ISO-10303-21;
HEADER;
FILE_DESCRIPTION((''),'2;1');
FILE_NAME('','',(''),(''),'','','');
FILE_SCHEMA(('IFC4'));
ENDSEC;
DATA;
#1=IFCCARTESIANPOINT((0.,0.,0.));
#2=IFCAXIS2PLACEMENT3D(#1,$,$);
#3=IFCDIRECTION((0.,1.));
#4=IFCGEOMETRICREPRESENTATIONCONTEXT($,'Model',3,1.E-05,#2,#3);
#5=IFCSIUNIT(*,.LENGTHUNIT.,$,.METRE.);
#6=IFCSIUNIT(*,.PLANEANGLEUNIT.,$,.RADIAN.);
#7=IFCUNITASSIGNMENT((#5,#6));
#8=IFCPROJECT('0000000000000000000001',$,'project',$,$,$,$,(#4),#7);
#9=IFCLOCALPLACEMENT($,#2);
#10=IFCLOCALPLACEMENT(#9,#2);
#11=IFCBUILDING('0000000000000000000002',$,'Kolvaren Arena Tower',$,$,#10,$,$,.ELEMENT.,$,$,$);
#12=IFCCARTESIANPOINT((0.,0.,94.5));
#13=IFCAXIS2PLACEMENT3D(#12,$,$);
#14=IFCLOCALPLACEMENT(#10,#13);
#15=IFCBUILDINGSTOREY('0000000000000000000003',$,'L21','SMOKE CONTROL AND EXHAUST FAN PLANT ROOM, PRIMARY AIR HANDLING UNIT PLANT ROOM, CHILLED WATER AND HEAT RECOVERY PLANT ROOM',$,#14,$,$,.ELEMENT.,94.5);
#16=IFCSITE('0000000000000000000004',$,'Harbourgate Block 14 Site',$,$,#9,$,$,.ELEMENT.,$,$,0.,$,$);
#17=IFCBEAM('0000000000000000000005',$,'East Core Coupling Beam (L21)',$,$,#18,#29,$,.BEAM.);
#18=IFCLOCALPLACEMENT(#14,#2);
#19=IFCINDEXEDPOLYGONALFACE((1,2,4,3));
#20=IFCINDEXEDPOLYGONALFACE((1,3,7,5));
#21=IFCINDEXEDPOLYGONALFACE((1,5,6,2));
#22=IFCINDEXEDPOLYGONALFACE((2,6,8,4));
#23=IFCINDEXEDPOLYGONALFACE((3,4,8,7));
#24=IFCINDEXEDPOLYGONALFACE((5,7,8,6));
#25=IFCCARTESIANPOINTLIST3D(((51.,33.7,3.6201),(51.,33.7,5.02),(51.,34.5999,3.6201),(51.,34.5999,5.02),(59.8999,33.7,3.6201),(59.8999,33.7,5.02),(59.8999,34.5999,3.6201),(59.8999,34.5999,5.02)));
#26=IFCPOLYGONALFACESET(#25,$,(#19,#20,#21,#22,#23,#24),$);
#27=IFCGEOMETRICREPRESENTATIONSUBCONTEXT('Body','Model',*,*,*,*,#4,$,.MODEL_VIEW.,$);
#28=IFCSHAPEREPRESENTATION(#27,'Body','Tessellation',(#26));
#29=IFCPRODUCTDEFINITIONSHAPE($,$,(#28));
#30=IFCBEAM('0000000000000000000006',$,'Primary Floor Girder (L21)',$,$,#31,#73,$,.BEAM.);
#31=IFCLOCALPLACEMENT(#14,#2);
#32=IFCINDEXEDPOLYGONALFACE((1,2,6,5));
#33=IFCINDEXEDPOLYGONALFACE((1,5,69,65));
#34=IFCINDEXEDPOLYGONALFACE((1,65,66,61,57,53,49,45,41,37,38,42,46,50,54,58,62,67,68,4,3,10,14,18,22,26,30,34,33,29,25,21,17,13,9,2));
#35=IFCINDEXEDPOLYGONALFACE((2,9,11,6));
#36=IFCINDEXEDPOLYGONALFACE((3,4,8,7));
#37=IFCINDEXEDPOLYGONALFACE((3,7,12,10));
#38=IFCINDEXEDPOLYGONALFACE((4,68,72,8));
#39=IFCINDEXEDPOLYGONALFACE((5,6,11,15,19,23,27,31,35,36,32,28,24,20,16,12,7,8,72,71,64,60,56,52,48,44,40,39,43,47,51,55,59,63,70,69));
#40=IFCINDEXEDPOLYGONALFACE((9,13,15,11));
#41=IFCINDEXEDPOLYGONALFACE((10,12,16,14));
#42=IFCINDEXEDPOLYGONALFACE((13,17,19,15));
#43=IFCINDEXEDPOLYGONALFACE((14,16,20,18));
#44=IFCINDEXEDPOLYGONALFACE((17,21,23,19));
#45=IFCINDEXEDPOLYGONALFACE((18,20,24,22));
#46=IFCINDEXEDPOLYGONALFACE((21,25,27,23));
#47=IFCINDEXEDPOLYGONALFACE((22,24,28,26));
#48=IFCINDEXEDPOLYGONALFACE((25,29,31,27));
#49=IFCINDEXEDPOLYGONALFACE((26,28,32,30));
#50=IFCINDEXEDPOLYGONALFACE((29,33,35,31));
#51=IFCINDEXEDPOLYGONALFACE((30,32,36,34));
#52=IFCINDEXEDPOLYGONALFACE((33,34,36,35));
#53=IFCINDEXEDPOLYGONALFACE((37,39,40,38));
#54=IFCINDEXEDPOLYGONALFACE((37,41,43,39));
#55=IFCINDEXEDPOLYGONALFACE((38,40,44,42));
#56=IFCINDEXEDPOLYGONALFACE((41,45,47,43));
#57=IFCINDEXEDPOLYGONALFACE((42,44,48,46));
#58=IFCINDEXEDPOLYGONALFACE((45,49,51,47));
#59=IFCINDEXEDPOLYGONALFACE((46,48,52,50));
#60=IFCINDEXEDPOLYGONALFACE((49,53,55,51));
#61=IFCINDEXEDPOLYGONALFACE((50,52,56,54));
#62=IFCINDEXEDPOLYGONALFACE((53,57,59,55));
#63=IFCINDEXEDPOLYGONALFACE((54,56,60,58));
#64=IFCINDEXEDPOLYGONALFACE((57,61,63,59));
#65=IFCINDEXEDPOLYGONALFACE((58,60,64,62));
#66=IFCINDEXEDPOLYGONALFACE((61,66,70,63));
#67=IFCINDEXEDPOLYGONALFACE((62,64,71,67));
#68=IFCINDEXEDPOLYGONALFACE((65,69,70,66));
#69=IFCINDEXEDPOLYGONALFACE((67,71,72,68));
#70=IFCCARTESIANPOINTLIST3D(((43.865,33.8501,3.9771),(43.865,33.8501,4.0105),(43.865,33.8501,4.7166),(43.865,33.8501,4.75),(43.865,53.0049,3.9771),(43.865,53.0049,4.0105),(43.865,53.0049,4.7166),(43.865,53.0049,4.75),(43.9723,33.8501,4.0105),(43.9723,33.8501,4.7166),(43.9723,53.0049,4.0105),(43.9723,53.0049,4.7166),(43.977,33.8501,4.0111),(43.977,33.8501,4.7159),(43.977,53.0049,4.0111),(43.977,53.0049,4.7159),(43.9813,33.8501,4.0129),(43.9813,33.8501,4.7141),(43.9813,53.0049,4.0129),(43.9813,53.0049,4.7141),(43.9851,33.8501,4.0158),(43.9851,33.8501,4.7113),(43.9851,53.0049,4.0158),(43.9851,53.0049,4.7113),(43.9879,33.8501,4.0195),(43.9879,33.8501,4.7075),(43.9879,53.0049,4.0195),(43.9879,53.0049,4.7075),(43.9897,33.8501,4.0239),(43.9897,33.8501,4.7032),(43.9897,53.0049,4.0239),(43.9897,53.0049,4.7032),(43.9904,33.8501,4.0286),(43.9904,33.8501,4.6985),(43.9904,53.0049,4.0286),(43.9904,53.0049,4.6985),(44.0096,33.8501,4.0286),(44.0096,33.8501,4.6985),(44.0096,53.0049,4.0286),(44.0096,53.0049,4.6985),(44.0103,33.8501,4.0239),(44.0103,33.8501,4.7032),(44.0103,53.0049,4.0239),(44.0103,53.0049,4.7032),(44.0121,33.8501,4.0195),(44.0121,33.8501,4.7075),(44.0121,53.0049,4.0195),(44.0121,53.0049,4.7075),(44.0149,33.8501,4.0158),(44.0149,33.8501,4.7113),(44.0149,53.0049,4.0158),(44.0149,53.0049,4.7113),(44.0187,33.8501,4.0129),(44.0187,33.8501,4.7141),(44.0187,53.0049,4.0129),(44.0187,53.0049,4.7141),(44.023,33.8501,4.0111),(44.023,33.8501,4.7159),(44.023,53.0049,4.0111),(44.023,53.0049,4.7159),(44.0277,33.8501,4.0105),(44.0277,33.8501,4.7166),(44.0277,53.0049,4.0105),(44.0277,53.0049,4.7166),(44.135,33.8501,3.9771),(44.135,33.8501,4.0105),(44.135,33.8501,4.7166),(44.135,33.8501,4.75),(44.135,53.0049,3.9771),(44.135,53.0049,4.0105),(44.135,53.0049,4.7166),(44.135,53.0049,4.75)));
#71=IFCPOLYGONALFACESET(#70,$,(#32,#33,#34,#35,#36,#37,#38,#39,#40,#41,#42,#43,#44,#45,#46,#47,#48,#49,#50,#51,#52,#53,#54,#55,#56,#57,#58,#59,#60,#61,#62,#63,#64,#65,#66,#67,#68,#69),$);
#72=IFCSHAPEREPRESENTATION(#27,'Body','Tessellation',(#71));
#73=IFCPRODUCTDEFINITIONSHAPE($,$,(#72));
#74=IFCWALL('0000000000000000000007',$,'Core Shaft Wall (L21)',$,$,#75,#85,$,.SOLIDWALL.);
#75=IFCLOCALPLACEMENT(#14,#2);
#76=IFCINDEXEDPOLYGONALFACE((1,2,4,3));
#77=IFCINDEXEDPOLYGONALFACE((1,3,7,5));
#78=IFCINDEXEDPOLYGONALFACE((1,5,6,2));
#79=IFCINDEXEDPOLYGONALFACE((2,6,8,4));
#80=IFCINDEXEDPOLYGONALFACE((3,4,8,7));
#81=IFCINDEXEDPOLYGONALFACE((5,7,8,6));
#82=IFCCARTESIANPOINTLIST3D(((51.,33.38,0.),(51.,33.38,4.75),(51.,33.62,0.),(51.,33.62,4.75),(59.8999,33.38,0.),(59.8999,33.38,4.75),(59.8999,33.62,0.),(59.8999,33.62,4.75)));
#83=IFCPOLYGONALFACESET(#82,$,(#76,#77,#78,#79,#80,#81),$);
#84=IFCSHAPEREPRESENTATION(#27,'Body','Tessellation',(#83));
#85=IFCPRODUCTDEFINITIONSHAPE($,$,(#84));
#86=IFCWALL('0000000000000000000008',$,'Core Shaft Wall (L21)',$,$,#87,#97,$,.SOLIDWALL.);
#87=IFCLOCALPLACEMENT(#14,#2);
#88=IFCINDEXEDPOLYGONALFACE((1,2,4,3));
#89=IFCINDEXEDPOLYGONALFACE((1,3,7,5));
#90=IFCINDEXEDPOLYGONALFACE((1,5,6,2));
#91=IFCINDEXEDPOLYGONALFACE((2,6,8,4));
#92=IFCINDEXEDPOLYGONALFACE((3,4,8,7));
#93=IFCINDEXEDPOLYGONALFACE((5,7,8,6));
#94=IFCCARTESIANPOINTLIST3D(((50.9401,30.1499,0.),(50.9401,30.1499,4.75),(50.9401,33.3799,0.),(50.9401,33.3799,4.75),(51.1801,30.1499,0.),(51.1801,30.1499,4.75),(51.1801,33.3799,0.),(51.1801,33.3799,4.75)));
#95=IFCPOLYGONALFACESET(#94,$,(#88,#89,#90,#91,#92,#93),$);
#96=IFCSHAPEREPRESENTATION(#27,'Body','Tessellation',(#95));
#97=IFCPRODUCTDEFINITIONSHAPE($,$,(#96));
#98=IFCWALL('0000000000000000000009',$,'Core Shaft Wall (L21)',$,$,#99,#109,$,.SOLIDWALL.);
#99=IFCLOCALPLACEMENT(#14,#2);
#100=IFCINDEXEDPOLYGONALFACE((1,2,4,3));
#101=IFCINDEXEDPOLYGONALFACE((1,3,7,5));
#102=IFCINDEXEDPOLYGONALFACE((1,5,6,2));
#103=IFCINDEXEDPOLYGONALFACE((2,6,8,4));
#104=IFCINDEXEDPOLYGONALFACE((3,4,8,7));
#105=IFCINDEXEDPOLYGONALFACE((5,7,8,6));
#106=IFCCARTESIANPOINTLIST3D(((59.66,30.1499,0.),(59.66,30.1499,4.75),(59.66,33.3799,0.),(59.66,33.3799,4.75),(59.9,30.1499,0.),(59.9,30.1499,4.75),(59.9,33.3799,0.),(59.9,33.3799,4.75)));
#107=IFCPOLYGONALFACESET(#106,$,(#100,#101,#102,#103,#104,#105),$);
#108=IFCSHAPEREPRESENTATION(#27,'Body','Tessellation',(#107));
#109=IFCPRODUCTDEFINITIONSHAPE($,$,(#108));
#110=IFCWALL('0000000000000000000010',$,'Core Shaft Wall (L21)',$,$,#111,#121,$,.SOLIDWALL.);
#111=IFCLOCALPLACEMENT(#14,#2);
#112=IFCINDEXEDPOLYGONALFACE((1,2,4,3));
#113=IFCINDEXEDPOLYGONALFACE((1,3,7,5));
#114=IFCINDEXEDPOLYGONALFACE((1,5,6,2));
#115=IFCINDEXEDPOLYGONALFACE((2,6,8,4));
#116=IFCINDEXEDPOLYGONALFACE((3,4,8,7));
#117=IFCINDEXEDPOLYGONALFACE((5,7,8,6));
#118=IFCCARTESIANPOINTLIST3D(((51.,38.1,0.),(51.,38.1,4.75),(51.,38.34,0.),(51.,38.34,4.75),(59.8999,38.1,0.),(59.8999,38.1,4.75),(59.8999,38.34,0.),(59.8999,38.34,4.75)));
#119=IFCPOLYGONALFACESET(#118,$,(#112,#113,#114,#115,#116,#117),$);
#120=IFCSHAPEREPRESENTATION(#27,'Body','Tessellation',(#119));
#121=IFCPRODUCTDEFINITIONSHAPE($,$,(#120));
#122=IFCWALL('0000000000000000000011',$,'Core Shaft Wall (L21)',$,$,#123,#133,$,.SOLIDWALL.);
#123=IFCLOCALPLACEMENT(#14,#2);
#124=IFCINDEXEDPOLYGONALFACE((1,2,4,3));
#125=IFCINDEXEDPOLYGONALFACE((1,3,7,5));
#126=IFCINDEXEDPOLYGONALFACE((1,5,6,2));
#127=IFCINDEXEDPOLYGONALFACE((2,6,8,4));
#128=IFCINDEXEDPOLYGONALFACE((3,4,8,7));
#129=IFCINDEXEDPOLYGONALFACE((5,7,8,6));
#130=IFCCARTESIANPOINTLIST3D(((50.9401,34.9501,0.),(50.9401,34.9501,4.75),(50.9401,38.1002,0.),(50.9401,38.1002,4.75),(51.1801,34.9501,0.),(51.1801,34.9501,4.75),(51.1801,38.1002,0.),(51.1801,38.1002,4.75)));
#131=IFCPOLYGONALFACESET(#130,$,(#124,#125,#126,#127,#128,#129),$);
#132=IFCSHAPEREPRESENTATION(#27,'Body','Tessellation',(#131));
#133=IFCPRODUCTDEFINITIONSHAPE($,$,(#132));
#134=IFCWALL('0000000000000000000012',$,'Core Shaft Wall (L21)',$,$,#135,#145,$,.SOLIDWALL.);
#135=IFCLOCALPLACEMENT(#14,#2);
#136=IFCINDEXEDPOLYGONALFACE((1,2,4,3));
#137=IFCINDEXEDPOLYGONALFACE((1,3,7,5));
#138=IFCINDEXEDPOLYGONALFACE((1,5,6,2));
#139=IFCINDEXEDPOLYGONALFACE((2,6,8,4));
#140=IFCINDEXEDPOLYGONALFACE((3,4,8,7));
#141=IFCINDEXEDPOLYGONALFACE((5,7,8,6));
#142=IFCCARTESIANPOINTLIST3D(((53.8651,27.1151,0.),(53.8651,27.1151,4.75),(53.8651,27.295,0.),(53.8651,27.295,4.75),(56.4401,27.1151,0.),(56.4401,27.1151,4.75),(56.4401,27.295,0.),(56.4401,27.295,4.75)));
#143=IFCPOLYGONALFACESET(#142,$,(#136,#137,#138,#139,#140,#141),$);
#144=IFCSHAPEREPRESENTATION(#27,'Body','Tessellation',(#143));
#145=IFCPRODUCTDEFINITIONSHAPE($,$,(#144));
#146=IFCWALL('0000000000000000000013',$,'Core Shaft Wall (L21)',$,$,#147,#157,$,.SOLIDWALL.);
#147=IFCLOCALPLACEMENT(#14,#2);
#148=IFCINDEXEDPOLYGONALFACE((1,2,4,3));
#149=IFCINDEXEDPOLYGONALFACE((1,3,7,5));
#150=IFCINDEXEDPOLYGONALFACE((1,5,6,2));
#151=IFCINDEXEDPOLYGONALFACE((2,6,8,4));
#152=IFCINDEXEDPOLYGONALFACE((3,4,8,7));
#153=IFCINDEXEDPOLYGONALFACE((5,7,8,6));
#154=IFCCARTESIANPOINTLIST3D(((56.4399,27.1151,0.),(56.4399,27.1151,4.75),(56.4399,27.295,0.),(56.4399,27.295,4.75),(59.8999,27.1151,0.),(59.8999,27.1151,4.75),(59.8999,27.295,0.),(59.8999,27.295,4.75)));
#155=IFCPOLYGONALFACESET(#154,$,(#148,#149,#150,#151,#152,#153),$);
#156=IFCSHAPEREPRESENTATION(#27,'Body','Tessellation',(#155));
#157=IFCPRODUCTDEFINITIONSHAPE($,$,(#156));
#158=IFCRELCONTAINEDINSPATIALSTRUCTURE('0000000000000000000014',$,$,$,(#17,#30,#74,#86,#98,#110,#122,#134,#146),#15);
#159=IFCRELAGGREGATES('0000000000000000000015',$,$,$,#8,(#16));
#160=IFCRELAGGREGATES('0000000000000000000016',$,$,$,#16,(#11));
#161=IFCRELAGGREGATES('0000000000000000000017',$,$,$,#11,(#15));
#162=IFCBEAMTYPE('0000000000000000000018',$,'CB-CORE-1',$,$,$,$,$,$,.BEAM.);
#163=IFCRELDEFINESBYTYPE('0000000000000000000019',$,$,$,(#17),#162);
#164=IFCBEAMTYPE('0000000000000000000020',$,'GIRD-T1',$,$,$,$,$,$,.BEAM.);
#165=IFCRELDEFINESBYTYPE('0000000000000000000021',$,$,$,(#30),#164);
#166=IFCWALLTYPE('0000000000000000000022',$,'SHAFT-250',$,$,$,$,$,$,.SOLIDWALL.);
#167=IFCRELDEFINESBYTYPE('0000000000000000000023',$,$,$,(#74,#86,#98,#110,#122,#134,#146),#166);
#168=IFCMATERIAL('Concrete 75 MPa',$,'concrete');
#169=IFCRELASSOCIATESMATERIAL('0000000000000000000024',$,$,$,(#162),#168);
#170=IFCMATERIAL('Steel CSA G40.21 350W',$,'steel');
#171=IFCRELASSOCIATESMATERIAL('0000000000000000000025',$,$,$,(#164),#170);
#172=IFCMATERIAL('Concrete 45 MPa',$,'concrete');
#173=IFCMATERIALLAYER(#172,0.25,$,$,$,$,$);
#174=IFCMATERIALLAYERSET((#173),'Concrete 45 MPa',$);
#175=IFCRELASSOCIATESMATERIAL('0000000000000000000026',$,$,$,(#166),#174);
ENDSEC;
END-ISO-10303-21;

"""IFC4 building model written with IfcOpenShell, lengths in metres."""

from ifc_helpers import new_model, si_unit, direction, frame, frame_2d, origin, origin_2d, place, context, subcontext, project, spatial, rectangle, i_section, extrude, material, layer, layer_set, material_profile, profile_set, type_object, element, save


model = new_model("IFC4")

# Units and contexts
model_context = context("Model", 3, precision=1e-05, world=origin(), true_north=direction((0.0, 1.0)))
body_context = subcontext(model_context, "Body", "Model", "MODEL_VIEW")
ifc_project = project(units=[si_unit("LENGTHUNIT", "METRE"), si_unit("PLANEANGLEUNIT", "RADIAN")], contexts=[model_context])

# Site, building, storey
site_placement = place(None, origin())
site = spatial("IfcSite", under=ifc_project, at=site_placement, Name="Harbourgate Block 14 Site", CompositionType="ELEMENT", RefElevation=0.0)
building_placement = place(site_placement, origin())
building = spatial("IfcBuilding", under=site, at=building_placement, Name="Kolvaren Arena Tower", CompositionType="ELEMENT")
storey_placement = place(building_placement, frame((0.0, 0.0, 94.5)))
storey = spatial("IfcBuildingStorey", under=building, at=storey_placement, Name="L21", Description="SMOKE CONTROL AND EXHAUST FAN PLANT ROOM, PRIMARY AIR HANDLING UNIT PLANT ROOM, CHILLED WATER AND HEAT RECOVERY PLANT ROOM", CompositionType="ELEMENT", Elevation=94.5)

# Beams
ifc_material_1 = material(Name="Steel CSA G40.21 350W", Category="steel")
ifc_material_2 = material(Name="Concrete 75 MPa", Category="concrete")
ifc_material_profile_1 = material_profile(ifc_material_2, rectangle(XDim=0.8999, YDim=1.3999, at=origin_2d()), Name="RC-900x1400")
ifc_profile_set_1 = profile_set([ifc_material_profile_1], Name="Concrete 75 MPa")
beam_type_1 = type_object("IfcBeamType", Name="CB-CORE-1", PredefinedType="BEAM", material=ifc_profile_set_1)
beam_1_placement = place(storey_placement, frame((51.0, 34.1499, 4.3201), z_axis=(1.0, 0.0, 0.0), x_axis=(0.0, 1.0, 0.0)))
element("IfcBeam", 1, at=beam_1_placement, inside=storey, type_object=beam_type_1, Name="East Core Coupling Beam (L21)", PredefinedType="BEAM", context=body_context, shape_type="SweptSolid", body=[
    extrude(rectangle(XDim=0.8999, YDim=1.3999, at=origin_2d()), origin(), (0.0, 0.0, 1.0), 8.8999),
])
ifc_material_profile_2 = material_profile(ifc_material_1, i_section(OverallWidth=0.27, OverallDepth=0.7729, WebThickness=0.0193, FlangeThickness=0.0334, FilletRadius=0.0181, at=origin_2d()), Name="W760x257")
ifc_profile_set_2 = profile_set([ifc_material_profile_2], Name="Steel CSA G40.21 350W")
beam_type_2 = type_object("IfcBeamType", Name="GIRD-T1", PredefinedType="BEAM", material=ifc_profile_set_2)
beam_2_placement = place(storey_placement, frame((44.0, 33.8501, 4.3635), z_axis=(0.0, 1.0, 0.0), x_axis=(-1.0, 0.0, 0.0)))
element("IfcBeam", 2, at=beam_2_placement, inside=storey, type_object=beam_type_2, Name="Primary Floor Girder (L21)", PredefinedType="BEAM", context=body_context, shape_type="SweptSolid", body=[
    extrude(i_section(OverallWidth=0.27, OverallDepth=0.7729, WebThickness=0.0193, FlangeThickness=0.0334, FilletRadius=0.0181, at=origin_2d()), origin(), (0.0, 0.0, 1.0), 19.1548),
])

# Walls
ifc_material_3 = material(Name="Concrete 45 MPa", Category="concrete")
ifc_layer = layer(ifc_material_3, 0.25)
ifc_layer_set = layer_set([ifc_layer], Name="Concrete 45 MPa")
wall_type = type_object("IfcWallType", Name="SHAFT-250", PredefinedType="SOLIDWALL", material=ifc_layer_set)
wall_1_placement = place(storey_placement, frame((51.0, 33.5, 0.0), z_axis=(0.0, 0.0, 1.0), x_axis=(1.0, 0.0, 0.0)))
element("IfcWall", 3, at=wall_1_placement, inside=storey, type_object=wall_type, Name="Core Shaft Wall (L21)", PredefinedType="SOLIDWALL", context=body_context, shape_type="SweptSolid", body=[
    extrude(rectangle(XDim=8.8999, YDim=0.24, at=frame_2d((4.45, 0.0))), origin(), (0.0, 0.0, 1.0), 4.75),
])
for number, where, z_axis, x_axis, name in (
    (4, (51.0601, 30.1499, 0.0), (0.0, 0.0, 1.0), (0.0, 1.0, 0.0), "Core Shaft Wall (L21)"),
    (5, (59.78, 30.1499, 0.0), (0.0, 0.0, 1.0), (0.0, 1.0, 0.0), "Core Shaft Wall (L21)"),
):
    element("IfcWall", number, at=place(storey_placement, frame(where, z_axis=z_axis, x_axis=x_axis)), inside=storey, type_object=wall_type, Name=name, PredefinedType="SOLIDWALL", context=body_context, shape_type="SweptSolid", body=[
        extrude(rectangle(XDim=3.23, YDim=0.24, at=frame_2d((1.615, 0.0))), origin(), (0.0, 0.0, 1.0), 4.75),
    ])
wall_2_placement = place(storey_placement, frame((51.0, 38.22, 0.0), z_axis=(0.0, 0.0, 1.0), x_axis=(1.0, 0.0, 0.0)))
element("IfcWall", 6, at=wall_2_placement, inside=storey, type_object=wall_type, Name="Core Shaft Wall (L21)", PredefinedType="SOLIDWALL", context=body_context, shape_type="SweptSolid", body=[
    extrude(rectangle(XDim=8.8999, YDim=0.24, at=frame_2d((4.45, 0.0))), origin(), (0.0, 0.0, 1.0), 4.75),
])
wall_3_placement = place(storey_placement, frame((51.0601, 34.95, 0.0), z_axis=(0.0, 0.0, 1.0), x_axis=(0.0, 1.0, 0.0)))
element("IfcWall", 7, at=wall_3_placement, inside=storey, type_object=wall_type, Name="Core Shaft Wall (L21)", PredefinedType="SOLIDWALL", context=body_context, shape_type="SweptSolid", body=[
    extrude(rectangle(XDim=3.1501, YDim=0.24, at=frame_2d((1.5752, 0.0))), origin(), (0.0, 0.0, 1.0), 4.75),
])
wall_4_placement = place(storey_placement, frame((53.865, 27.2051, 0.0), z_axis=(0.0, 0.0, 1.0), x_axis=(1.0, 0.0, 0.0)))
element("IfcWall", 8, at=wall_4_placement, inside=storey, type_object=wall_type, Name="Core Shaft Wall (L21)", PredefinedType="SOLIDWALL", context=body_context, shape_type="SweptSolid", body=[
    extrude(rectangle(XDim=2.575, YDim=0.1799, at=frame_2d((1.2876, 0.0))), origin(), (0.0, 0.0, 1.0), 4.75),
])
wall_5_placement = place(storey_placement, frame((56.4399, 27.2051, 0.0), z_axis=(0.0, 0.0, 1.0), x_axis=(1.0, 0.0, 0.0)))
element("IfcWall", 9, at=wall_5_placement, inside=storey, type_object=wall_type, Name="Core Shaft Wall (L21)", PredefinedType="SOLIDWALL", context=body_context, shape_type="SweptSolid", body=[
    extrude(rectangle(XDim=3.46, YDim=0.1799, at=frame_2d((1.73, 0.0))), origin(), (0.0, 0.0, 1.0), 4.75),
])

save(model, "model.ifc")
